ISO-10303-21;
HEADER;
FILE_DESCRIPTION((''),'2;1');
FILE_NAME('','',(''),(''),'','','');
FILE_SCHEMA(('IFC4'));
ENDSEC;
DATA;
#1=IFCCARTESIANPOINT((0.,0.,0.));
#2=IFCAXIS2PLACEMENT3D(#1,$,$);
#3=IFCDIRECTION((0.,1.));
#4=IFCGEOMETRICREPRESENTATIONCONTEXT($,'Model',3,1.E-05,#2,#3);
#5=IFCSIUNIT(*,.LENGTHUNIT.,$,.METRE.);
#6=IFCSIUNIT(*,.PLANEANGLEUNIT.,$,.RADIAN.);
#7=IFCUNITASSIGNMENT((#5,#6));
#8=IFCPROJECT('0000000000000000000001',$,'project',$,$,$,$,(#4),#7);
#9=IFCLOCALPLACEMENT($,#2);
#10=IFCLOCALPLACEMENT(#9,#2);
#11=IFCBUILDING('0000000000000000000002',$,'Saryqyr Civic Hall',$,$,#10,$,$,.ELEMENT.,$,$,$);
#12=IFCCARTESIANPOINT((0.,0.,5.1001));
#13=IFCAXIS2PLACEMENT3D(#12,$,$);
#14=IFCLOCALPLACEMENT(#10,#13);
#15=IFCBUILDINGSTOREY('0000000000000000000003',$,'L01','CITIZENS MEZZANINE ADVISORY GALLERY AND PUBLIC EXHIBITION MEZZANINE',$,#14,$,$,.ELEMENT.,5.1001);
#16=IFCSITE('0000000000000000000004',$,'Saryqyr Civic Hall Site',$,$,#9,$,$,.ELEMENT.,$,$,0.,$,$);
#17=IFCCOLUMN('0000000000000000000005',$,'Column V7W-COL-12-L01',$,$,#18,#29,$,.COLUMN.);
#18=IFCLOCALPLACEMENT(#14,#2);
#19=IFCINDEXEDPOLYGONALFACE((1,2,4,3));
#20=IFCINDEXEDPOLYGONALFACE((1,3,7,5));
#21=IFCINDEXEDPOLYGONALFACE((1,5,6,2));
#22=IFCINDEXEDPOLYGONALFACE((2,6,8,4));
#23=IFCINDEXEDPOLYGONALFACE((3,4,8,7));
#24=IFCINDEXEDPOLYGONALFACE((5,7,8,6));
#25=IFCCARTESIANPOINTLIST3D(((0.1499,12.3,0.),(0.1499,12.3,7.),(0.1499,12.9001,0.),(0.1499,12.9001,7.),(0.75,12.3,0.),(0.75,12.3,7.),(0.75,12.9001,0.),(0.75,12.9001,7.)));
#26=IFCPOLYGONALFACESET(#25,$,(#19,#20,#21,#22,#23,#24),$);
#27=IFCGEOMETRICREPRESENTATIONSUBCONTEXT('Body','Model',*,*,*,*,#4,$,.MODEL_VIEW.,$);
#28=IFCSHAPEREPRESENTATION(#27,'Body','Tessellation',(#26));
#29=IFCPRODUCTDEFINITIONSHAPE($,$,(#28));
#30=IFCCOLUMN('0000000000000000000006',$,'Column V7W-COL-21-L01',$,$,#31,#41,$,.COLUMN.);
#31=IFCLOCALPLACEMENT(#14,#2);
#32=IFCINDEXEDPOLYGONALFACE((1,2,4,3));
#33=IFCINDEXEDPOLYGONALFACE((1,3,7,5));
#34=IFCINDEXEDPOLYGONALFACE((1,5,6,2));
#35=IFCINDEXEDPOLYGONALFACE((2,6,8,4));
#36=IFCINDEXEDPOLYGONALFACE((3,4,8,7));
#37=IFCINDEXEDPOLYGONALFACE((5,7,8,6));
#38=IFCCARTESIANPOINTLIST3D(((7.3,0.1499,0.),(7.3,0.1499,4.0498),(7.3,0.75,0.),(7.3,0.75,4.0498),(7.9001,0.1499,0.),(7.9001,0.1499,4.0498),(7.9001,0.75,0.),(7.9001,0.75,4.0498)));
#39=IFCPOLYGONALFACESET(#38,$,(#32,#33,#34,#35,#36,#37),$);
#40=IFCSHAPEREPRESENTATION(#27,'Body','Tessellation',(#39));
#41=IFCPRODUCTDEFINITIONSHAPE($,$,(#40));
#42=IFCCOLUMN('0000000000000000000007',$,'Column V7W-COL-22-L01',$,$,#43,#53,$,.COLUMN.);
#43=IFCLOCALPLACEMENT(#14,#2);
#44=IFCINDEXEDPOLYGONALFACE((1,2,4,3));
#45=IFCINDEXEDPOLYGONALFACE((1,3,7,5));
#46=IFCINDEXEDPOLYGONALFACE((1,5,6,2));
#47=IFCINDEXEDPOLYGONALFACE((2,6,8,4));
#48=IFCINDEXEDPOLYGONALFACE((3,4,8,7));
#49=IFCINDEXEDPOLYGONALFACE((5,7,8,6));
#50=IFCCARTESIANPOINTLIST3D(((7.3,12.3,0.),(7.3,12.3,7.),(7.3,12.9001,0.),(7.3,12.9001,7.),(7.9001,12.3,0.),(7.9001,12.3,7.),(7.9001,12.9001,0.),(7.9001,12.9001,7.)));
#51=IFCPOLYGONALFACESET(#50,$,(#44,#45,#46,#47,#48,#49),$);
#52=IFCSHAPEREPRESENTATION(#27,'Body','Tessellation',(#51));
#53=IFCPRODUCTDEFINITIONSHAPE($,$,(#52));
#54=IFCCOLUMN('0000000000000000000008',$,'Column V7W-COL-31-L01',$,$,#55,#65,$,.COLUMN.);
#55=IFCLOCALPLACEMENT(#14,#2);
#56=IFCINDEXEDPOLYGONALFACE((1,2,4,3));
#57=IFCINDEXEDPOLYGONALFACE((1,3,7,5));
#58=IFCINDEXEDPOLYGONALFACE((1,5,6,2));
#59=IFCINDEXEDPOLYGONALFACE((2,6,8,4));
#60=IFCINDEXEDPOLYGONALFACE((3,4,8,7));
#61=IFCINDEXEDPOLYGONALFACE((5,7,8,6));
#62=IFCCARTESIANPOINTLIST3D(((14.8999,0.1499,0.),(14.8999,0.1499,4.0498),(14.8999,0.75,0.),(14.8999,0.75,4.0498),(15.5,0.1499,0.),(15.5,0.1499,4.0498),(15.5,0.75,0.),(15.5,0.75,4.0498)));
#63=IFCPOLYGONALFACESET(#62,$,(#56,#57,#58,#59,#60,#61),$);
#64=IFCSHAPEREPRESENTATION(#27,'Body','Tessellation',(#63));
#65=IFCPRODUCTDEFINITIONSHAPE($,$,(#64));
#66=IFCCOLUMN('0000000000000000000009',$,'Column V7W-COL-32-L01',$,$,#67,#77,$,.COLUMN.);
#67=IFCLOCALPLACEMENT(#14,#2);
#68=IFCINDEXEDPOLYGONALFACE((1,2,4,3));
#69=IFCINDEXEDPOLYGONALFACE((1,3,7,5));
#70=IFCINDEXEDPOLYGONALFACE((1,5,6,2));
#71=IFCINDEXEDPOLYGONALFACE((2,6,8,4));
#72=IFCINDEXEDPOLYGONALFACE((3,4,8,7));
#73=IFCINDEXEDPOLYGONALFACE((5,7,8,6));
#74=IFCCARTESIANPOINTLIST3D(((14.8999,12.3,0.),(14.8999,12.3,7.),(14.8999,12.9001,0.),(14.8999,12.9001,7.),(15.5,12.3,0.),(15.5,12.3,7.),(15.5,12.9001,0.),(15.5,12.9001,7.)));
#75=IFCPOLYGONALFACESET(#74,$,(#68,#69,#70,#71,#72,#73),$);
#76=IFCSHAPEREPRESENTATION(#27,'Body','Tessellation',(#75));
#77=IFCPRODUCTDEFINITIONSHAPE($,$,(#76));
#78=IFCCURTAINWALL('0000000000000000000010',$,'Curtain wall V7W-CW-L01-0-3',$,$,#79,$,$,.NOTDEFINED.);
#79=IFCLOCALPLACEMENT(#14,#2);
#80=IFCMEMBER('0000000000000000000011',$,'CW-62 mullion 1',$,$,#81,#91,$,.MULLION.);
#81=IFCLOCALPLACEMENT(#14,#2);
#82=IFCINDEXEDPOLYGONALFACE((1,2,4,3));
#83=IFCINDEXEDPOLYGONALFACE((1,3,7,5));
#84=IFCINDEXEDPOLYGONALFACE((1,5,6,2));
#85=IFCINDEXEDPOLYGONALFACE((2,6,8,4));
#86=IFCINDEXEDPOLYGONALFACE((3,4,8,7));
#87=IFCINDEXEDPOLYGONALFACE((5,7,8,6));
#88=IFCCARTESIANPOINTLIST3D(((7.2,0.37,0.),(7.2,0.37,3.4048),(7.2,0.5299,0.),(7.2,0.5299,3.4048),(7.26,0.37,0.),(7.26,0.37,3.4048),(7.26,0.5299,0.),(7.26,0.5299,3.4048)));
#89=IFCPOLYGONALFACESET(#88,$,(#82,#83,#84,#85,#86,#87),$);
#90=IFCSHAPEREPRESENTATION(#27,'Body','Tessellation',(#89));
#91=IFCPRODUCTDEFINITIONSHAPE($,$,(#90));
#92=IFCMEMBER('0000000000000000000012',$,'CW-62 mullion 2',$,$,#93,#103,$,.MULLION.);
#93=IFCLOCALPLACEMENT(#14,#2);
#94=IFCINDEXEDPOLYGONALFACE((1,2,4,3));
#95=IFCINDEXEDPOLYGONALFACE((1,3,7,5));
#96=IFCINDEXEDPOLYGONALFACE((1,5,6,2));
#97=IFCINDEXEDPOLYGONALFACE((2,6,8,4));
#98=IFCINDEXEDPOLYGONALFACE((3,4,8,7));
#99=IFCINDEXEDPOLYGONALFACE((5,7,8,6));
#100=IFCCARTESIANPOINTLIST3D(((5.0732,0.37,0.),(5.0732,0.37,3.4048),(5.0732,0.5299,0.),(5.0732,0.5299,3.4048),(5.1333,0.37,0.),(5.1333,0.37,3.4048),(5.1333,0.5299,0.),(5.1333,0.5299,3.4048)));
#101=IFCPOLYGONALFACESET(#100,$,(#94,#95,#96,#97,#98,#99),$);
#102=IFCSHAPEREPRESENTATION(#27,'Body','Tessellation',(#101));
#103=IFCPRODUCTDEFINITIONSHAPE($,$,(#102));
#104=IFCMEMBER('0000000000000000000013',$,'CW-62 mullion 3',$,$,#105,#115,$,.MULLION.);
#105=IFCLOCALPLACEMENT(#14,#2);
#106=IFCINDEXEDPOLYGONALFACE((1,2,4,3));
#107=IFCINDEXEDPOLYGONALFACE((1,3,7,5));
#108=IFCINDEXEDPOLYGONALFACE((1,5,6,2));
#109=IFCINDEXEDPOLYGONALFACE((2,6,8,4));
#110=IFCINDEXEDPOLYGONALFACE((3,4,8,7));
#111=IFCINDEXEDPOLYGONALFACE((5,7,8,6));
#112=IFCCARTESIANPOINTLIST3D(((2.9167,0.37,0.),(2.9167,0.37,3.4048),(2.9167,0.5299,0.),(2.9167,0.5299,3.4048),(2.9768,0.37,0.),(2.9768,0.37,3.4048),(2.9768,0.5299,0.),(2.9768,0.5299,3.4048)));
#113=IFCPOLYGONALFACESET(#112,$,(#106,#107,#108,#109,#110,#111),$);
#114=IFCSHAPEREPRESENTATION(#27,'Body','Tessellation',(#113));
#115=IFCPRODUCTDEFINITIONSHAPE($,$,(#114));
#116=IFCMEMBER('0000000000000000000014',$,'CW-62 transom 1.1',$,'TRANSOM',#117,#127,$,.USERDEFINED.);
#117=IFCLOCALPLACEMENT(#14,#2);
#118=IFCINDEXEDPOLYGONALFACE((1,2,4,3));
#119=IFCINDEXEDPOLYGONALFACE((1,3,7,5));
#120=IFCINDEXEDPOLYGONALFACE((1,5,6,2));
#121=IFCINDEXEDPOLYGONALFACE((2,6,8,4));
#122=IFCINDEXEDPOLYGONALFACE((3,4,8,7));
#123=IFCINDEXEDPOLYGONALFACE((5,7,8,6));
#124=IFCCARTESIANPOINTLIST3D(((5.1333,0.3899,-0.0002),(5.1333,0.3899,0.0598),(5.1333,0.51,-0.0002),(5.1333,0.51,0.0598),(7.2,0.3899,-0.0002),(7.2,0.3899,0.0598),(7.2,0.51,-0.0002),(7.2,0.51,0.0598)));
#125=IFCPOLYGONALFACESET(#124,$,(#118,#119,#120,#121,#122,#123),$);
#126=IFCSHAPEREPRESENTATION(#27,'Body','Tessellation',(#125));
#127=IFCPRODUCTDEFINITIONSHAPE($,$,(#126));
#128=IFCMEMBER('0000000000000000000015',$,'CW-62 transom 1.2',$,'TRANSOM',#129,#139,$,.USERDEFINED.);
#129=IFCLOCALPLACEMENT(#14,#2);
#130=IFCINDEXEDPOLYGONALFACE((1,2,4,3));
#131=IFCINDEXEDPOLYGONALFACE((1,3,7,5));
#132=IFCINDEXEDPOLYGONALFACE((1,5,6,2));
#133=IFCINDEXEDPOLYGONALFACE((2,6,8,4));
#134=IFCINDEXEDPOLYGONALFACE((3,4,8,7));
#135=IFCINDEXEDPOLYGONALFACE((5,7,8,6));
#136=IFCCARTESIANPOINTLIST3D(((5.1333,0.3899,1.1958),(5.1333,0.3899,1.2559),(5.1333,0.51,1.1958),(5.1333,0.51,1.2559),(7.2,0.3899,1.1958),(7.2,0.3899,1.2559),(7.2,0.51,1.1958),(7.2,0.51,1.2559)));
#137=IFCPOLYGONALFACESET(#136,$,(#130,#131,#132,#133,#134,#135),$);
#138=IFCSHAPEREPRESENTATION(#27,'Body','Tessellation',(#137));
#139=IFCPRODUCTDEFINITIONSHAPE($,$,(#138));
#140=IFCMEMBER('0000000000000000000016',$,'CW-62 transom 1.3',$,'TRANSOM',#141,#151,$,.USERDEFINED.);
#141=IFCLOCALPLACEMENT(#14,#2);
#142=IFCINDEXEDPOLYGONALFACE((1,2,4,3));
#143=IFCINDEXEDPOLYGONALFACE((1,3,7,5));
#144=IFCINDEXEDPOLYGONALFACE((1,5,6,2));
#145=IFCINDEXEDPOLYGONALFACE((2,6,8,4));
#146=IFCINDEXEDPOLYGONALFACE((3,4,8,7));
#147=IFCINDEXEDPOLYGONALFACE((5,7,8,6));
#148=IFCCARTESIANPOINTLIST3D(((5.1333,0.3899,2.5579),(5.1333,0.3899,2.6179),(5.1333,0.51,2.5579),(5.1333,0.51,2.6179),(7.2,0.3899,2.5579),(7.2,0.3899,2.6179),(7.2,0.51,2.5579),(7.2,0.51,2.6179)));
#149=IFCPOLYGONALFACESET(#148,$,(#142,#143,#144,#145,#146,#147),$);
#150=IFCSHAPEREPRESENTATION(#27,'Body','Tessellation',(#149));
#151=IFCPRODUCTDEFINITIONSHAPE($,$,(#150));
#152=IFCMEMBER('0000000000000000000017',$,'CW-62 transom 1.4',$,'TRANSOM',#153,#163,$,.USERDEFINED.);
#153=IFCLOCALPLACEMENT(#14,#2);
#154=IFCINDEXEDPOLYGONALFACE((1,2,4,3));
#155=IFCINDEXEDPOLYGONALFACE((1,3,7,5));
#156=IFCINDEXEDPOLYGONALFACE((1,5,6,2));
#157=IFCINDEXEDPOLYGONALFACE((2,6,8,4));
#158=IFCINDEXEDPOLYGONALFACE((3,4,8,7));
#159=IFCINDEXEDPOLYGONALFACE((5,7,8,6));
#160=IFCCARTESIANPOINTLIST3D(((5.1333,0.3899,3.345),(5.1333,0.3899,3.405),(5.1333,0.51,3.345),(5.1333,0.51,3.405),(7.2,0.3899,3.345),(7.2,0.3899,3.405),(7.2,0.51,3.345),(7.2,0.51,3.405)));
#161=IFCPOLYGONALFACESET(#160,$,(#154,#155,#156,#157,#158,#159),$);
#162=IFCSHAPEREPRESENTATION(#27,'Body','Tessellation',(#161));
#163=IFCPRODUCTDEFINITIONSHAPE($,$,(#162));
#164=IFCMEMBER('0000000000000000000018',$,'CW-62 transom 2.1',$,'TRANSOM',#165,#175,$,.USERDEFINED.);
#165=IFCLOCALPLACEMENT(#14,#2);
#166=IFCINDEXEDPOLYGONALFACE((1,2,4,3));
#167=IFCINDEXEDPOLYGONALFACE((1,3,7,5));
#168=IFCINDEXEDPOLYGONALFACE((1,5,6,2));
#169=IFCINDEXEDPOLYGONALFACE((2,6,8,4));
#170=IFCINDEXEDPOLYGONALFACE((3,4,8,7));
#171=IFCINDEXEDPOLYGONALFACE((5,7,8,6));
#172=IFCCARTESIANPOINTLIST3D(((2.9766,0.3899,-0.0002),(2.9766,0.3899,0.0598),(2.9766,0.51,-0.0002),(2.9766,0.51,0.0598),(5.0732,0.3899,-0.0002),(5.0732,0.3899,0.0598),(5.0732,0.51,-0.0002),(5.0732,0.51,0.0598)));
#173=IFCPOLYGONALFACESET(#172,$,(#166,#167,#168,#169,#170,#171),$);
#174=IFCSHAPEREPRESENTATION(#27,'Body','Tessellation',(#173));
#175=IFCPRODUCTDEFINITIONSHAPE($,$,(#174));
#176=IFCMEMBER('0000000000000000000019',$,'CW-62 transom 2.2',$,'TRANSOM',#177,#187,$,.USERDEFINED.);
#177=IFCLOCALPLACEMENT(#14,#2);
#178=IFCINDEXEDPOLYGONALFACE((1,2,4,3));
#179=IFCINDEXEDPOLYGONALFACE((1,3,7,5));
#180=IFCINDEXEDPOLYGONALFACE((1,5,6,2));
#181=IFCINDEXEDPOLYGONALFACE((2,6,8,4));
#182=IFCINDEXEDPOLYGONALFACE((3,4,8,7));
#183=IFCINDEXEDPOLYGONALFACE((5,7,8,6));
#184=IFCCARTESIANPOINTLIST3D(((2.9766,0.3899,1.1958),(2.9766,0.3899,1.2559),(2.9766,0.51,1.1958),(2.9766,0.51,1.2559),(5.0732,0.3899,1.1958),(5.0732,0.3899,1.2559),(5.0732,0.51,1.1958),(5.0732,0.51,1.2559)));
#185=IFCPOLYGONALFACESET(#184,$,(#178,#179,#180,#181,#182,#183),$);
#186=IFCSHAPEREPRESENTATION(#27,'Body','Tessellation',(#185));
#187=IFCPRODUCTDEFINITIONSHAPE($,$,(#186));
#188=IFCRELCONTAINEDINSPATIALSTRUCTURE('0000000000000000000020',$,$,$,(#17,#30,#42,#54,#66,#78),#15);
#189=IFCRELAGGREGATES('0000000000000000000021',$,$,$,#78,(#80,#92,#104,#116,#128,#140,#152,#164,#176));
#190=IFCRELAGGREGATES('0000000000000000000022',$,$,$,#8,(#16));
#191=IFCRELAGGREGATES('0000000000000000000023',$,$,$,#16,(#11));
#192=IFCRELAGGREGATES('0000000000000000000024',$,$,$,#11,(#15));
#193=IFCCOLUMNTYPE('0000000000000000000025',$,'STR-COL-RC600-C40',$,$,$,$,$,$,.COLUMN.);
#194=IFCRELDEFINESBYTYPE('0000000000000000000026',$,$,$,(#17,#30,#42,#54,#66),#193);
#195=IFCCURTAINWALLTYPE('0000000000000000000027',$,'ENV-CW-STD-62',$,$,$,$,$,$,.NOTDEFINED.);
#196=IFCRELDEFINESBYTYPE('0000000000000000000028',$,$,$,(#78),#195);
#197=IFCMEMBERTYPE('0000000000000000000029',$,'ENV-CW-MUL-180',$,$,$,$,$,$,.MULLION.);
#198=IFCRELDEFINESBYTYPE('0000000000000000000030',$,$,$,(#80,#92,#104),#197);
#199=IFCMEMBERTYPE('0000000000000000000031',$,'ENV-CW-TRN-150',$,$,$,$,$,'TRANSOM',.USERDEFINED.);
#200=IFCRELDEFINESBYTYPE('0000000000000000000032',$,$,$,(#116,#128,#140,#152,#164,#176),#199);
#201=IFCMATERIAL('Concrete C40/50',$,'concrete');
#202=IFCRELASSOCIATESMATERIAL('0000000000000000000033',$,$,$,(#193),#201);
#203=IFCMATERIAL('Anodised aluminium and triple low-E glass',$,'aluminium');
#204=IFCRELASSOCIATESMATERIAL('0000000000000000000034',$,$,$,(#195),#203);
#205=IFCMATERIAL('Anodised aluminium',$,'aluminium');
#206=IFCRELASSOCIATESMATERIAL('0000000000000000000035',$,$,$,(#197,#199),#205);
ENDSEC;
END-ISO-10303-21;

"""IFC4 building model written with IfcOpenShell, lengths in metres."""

from ifc_helpers import new_model, si_unit, direction, frame, origin, origin_2d, place, context, subcontext, project, spatial, rectangle, extrude, material, material_profile, profile_set, type_object, element, aggregate, save


model = new_model("IFC4")

# Units and contexts
model_context = context("Model", 3, precision=1e-05, world=origin(), true_north=direction((0.0, 1.0)))
body_context = subcontext(model_context, "Body", "Model", "MODEL_VIEW")
ifc_project = project(units=[si_unit("LENGTHUNIT", "METRE"), si_unit("PLANEANGLEUNIT", "RADIAN")], contexts=[model_context])

# Site, building, storey
site_placement = place(None, origin())
site = spatial("IfcSite", under=ifc_project, at=site_placement, Name="Saryqyr Civic Hall Site", CompositionType="ELEMENT", RefElevation=0.0)
building_placement = place(site_placement, origin())
building = spatial("IfcBuilding", under=site, at=building_placement, Name="Saryqyr Civic Hall", CompositionType="ELEMENT")
storey_placement = place(building_placement, frame((0.0, 0.0, 5.1001)))
storey = spatial("IfcBuildingStorey", under=building, at=storey_placement, Name="L01", Description="CITIZENS MEZZANINE ADVISORY GALLERY AND PUBLIC EXHIBITION MEZZANINE", CompositionType="ELEMENT", Elevation=5.1001)

# Columns
ifc_material_1 = material(Name="Concrete C40/50", Category="concrete")
ifc_material_profile_1 = material_profile(ifc_material_1, rectangle(XDim=0.6001, YDim=0.6001, at=origin_2d()), Name="RC 600x600")
ifc_profile_set_1 = profile_set([ifc_material_profile_1], Name="Concrete C40/50")
column_type = type_object("IfcColumnType", Name="STR-COL-RC600-C40", PredefinedType="COLUMN", material=ifc_profile_set_1)
column_1_placement = place(storey_placement, frame((0.45, 12.6001, 0.0), z_axis=(0.0, 0.0, 1.0), x_axis=(1.0, 0.0, 0.0)))
element("IfcColumn", 1, at=column_1_placement, inside=storey, type_object=column_type, Name="Column V7W-COL-12-L01", PredefinedType="COLUMN", context=body_context, shape_type="SweptSolid", body=[
    extrude(rectangle(XDim=0.6001, YDim=0.6001, at=origin_2d()), origin(), (0.0, 0.0, 1.0), 7.0),
])
column_2_placement = place(storey_placement, frame((7.6001, 0.45, 0.0), z_axis=(0.0, 0.0, 1.0), x_axis=(1.0, 0.0, 0.0)))
element("IfcColumn", 2, at=column_2_placement, inside=storey, type_object=column_type, Name="Column V7W-COL-21-L01", PredefinedType="COLUMN", context=body_context, shape_type="SweptSolid", body=[
    extrude(rectangle(XDim=0.6001, YDim=0.6001, at=origin_2d()), origin(), (0.0, 0.0, 1.0), 4.0498),
])
column_3_placement = place(storey_placement, frame((7.6001, 12.6001, 0.0), z_axis=(0.0, 0.0, 1.0), x_axis=(1.0, 0.0, 0.0)))
element("IfcColumn", 3, at=column_3_placement, inside=storey, type_object=column_type, Name="Column V7W-COL-22-L01", PredefinedType="COLUMN", context=body_context, shape_type="SweptSolid", body=[
    extrude(rectangle(XDim=0.6001, YDim=0.6001, at=origin_2d()), origin(), (0.0, 0.0, 1.0), 7.0),
])
column_4_placement = place(storey_placement, frame((15.2, 0.45, 0.0), z_axis=(0.0, 0.0, 1.0), x_axis=(1.0, 0.0, 0.0)))
element("IfcColumn", 4, at=column_4_placement, inside=storey, type_object=column_type, Name="Column V7W-COL-31-L01", PredefinedType="COLUMN", context=body_context, shape_type="SweptSolid", body=[
    extrude(rectangle(XDim=0.6001, YDim=0.6001, at=origin_2d()), origin(), (0.0, 0.0, 1.0), 4.0498),
])
column_5_placement = place(storey_placement, frame((15.2, 12.6001, 0.0), z_axis=(0.0, 0.0, 1.0), x_axis=(1.0, 0.0, 0.0)))
element("IfcColumn", 5, at=column_5_placement, inside=storey, type_object=column_type, Name="Column V7W-COL-32-L01", PredefinedType="COLUMN", context=body_context, shape_type="SweptSolid", body=[
    extrude(rectangle(XDim=0.6001, YDim=0.6001, at=origin_2d()), origin(), (0.0, 0.0, 1.0), 7.0),
])

# Curtain wall, members
ifc_material_2 = material(Name="Anodised aluminium and triple low-E glass", Category="aluminium")
curtain_wall_type = type_object("IfcCurtainWallType", Name="ENV-CW-STD-62", PredefinedType="NOTDEFINED", material=ifc_material_2)
curtain_wall_placement = place(storey_placement, origin())
curtain_wall = element("IfcCurtainWall", 6, at=curtain_wall_placement, inside=storey, type_object=curtain_wall_type, Name="Curtain wall V7W-CW-L01-0-3", PredefinedType="NOTDEFINED")
ifc_material_3 = material(Name="Anodised aluminium", Category="aluminium")
ifc_material_profile_2 = material_profile(ifc_material_3, rectangle(XDim=0.0601, YDim=0.1599, at=origin_2d()), Name="ALU MULLION 60x160")
ifc_profile_set_2 = profile_set([ifc_material_profile_2], Name="Anodised aluminium")
member_type_1 = type_object("IfcMemberType", Name="ENV-CW-MUL-180", PredefinedType="MULLION", material=ifc_profile_set_2)
member_1_placement = place(storey_placement, frame((7.23, 0.45, 0.0), z_axis=(0.0, 0.0, 1.0), x_axis=(-1.0, 0.0, 0.0)))
member_1 = element("IfcMember", 7, at=member_1_placement, type_object=member_type_1, Name="CW-62 mullion 1", PredefinedType="MULLION", context=body_context, shape_type="SweptSolid", body=[
    extrude(rectangle(XDim=0.0601, YDim=0.1599, at=origin_2d()), origin(), (0.0, 0.0, 1.0), 3.4048),
])
member_2_placement = place(storey_placement, frame((5.1033, 0.45, 0.0), z_axis=(0.0, 0.0, 1.0), x_axis=(-1.0, 0.0, 0.0)))
member_2 = element("IfcMember", 8, at=member_2_placement, type_object=member_type_1, Name="CW-62 mullion 2", PredefinedType="MULLION", context=body_context, shape_type="SweptSolid", body=[
    extrude(rectangle(XDim=0.0601, YDim=0.1599, at=origin_2d()), origin(), (0.0, 0.0, 1.0), 3.4048),
])
member_3_placement = place(storey_placement, frame((2.9468, 0.45, 0.0), z_axis=(0.0, 0.0, 1.0), x_axis=(-1.0, 0.0, 0.0)))
member_3 = element("IfcMember", 9, at=member_3_placement, type_object=member_type_1, Name="CW-62 mullion 3", PredefinedType="MULLION", context=body_context, shape_type="SweptSolid", body=[
    extrude(rectangle(XDim=0.0601, YDim=0.1599, at=origin_2d()), origin(), (0.0, 0.0, 1.0), 3.4048),
])
ifc_material_profile_3 = material_profile(ifc_material_3, rectangle(XDim=0.1201, YDim=0.0601, at=origin_2d()), Name="ALU TRANSOM 120x60")
ifc_profile_set_3 = profile_set([ifc_material_profile_3], Name="Anodised aluminium")
member_type_2 = type_object("IfcMemberType", Name="ENV-CW-TRN-150", ElementType="TRANSOM", PredefinedType="USERDEFINED", material=ifc_profile_set_3)
member_4_placement = place(storey_placement, frame((7.2, 0.45, 0.0298), z_axis=(-1.0, 0.0, 0.0), x_axis=(0.0, -1.0, 0.0)))
member_4 = element("IfcMember", 10, at=member_4_placement, type_object=member_type_2, Name="CW-62 transom 1.1", ObjectType="TRANSOM", PredefinedType="USERDEFINED", context=body_context, shape_type="SweptSolid", body=[
    extrude(rectangle(XDim=0.1201, YDim=0.0601, at=origin_2d()), origin(), (0.0, 0.0, 1.0), 2.0667),
])
member_5_placement = place(storey_placement, frame((7.2, 0.45, 1.2258), z_axis=(-1.0, 0.0, 0.0), x_axis=(0.0, -1.0, 0.0)))
member_5 = element("IfcMember", 11, at=member_5_placement, type_object=member_type_2, Name="CW-62 transom 1.2", ObjectType="TRANSOM", PredefinedType="USERDEFINED", context=body_context, shape_type="SweptSolid", body=[
    extrude(rectangle(XDim=0.1201, YDim=0.0601, at=origin_2d()), origin(), (0.0, 0.0, 1.0), 2.0667),
])
member_6_placement = place(storey_placement, frame((7.2, 0.45, 2.5879), z_axis=(-1.0, 0.0, 0.0), x_axis=(0.0, -1.0, 0.0)))
member_6 = element("IfcMember", 12, at=member_6_placement, type_object=member_type_2, Name="CW-62 transom 1.3", ObjectType="TRANSOM", PredefinedType="USERDEFINED", context=body_context, shape_type="SweptSolid", body=[
    extrude(rectangle(XDim=0.1201, YDim=0.0601, at=origin_2d()), origin(), (0.0, 0.0, 1.0), 2.0667),
])
member_7_placement = place(storey_placement, frame((7.2, 0.45, 3.375), z_axis=(-1.0, 0.0, 0.0), x_axis=(0.0, -1.0, 0.0)))
member_7 = element("IfcMember", 13, at=member_7_placement, type_object=member_type_2, Name="CW-62 transom 1.4", ObjectType="TRANSOM", PredefinedType="USERDEFINED", context=body_context, shape_type="SweptSolid", body=[
    extrude(rectangle(XDim=0.1201, YDim=0.0601, at=origin_2d()), origin(), (0.0, 0.0, 1.0), 2.0667),
])
member_8_placement = place(storey_placement, frame((5.0732, 0.45, 0.0298), z_axis=(-1.0, 0.0, 0.0), x_axis=(0.0, -1.0, 0.0)))
member_8 = element("IfcMember", 14, at=member_8_placement, type_object=member_type_2, Name="CW-62 transom 2.1", ObjectType="TRANSOM", PredefinedType="USERDEFINED", context=body_context, shape_type="SweptSolid", body=[
    extrude(rectangle(XDim=0.1201, YDim=0.0601, at=origin_2d()), origin(), (0.0, 0.0, 1.0), 2.0967),
])
member_9_placement = place(storey_placement, frame((5.0732, 0.45, 1.2258), z_axis=(-1.0, 0.0, 0.0), x_axis=(0.0, -1.0, 0.0)))
member_9 = element("IfcMember", 15, at=member_9_placement, type_object=member_type_2, Name="CW-62 transom 2.2", ObjectType="TRANSOM", PredefinedType="USERDEFINED", context=body_context, shape_type="SweptSolid", body=[
    extrude(rectangle(XDim=0.1201, YDim=0.0601, at=origin_2d()), origin(), (0.0, 0.0, 1.0), 2.0967),
])

aggregate(curtain_wall, [member_1, member_2, member_3, member_4, member_5, member_6, member_7, member_8, member_9])

save(model, "model.ifc")
